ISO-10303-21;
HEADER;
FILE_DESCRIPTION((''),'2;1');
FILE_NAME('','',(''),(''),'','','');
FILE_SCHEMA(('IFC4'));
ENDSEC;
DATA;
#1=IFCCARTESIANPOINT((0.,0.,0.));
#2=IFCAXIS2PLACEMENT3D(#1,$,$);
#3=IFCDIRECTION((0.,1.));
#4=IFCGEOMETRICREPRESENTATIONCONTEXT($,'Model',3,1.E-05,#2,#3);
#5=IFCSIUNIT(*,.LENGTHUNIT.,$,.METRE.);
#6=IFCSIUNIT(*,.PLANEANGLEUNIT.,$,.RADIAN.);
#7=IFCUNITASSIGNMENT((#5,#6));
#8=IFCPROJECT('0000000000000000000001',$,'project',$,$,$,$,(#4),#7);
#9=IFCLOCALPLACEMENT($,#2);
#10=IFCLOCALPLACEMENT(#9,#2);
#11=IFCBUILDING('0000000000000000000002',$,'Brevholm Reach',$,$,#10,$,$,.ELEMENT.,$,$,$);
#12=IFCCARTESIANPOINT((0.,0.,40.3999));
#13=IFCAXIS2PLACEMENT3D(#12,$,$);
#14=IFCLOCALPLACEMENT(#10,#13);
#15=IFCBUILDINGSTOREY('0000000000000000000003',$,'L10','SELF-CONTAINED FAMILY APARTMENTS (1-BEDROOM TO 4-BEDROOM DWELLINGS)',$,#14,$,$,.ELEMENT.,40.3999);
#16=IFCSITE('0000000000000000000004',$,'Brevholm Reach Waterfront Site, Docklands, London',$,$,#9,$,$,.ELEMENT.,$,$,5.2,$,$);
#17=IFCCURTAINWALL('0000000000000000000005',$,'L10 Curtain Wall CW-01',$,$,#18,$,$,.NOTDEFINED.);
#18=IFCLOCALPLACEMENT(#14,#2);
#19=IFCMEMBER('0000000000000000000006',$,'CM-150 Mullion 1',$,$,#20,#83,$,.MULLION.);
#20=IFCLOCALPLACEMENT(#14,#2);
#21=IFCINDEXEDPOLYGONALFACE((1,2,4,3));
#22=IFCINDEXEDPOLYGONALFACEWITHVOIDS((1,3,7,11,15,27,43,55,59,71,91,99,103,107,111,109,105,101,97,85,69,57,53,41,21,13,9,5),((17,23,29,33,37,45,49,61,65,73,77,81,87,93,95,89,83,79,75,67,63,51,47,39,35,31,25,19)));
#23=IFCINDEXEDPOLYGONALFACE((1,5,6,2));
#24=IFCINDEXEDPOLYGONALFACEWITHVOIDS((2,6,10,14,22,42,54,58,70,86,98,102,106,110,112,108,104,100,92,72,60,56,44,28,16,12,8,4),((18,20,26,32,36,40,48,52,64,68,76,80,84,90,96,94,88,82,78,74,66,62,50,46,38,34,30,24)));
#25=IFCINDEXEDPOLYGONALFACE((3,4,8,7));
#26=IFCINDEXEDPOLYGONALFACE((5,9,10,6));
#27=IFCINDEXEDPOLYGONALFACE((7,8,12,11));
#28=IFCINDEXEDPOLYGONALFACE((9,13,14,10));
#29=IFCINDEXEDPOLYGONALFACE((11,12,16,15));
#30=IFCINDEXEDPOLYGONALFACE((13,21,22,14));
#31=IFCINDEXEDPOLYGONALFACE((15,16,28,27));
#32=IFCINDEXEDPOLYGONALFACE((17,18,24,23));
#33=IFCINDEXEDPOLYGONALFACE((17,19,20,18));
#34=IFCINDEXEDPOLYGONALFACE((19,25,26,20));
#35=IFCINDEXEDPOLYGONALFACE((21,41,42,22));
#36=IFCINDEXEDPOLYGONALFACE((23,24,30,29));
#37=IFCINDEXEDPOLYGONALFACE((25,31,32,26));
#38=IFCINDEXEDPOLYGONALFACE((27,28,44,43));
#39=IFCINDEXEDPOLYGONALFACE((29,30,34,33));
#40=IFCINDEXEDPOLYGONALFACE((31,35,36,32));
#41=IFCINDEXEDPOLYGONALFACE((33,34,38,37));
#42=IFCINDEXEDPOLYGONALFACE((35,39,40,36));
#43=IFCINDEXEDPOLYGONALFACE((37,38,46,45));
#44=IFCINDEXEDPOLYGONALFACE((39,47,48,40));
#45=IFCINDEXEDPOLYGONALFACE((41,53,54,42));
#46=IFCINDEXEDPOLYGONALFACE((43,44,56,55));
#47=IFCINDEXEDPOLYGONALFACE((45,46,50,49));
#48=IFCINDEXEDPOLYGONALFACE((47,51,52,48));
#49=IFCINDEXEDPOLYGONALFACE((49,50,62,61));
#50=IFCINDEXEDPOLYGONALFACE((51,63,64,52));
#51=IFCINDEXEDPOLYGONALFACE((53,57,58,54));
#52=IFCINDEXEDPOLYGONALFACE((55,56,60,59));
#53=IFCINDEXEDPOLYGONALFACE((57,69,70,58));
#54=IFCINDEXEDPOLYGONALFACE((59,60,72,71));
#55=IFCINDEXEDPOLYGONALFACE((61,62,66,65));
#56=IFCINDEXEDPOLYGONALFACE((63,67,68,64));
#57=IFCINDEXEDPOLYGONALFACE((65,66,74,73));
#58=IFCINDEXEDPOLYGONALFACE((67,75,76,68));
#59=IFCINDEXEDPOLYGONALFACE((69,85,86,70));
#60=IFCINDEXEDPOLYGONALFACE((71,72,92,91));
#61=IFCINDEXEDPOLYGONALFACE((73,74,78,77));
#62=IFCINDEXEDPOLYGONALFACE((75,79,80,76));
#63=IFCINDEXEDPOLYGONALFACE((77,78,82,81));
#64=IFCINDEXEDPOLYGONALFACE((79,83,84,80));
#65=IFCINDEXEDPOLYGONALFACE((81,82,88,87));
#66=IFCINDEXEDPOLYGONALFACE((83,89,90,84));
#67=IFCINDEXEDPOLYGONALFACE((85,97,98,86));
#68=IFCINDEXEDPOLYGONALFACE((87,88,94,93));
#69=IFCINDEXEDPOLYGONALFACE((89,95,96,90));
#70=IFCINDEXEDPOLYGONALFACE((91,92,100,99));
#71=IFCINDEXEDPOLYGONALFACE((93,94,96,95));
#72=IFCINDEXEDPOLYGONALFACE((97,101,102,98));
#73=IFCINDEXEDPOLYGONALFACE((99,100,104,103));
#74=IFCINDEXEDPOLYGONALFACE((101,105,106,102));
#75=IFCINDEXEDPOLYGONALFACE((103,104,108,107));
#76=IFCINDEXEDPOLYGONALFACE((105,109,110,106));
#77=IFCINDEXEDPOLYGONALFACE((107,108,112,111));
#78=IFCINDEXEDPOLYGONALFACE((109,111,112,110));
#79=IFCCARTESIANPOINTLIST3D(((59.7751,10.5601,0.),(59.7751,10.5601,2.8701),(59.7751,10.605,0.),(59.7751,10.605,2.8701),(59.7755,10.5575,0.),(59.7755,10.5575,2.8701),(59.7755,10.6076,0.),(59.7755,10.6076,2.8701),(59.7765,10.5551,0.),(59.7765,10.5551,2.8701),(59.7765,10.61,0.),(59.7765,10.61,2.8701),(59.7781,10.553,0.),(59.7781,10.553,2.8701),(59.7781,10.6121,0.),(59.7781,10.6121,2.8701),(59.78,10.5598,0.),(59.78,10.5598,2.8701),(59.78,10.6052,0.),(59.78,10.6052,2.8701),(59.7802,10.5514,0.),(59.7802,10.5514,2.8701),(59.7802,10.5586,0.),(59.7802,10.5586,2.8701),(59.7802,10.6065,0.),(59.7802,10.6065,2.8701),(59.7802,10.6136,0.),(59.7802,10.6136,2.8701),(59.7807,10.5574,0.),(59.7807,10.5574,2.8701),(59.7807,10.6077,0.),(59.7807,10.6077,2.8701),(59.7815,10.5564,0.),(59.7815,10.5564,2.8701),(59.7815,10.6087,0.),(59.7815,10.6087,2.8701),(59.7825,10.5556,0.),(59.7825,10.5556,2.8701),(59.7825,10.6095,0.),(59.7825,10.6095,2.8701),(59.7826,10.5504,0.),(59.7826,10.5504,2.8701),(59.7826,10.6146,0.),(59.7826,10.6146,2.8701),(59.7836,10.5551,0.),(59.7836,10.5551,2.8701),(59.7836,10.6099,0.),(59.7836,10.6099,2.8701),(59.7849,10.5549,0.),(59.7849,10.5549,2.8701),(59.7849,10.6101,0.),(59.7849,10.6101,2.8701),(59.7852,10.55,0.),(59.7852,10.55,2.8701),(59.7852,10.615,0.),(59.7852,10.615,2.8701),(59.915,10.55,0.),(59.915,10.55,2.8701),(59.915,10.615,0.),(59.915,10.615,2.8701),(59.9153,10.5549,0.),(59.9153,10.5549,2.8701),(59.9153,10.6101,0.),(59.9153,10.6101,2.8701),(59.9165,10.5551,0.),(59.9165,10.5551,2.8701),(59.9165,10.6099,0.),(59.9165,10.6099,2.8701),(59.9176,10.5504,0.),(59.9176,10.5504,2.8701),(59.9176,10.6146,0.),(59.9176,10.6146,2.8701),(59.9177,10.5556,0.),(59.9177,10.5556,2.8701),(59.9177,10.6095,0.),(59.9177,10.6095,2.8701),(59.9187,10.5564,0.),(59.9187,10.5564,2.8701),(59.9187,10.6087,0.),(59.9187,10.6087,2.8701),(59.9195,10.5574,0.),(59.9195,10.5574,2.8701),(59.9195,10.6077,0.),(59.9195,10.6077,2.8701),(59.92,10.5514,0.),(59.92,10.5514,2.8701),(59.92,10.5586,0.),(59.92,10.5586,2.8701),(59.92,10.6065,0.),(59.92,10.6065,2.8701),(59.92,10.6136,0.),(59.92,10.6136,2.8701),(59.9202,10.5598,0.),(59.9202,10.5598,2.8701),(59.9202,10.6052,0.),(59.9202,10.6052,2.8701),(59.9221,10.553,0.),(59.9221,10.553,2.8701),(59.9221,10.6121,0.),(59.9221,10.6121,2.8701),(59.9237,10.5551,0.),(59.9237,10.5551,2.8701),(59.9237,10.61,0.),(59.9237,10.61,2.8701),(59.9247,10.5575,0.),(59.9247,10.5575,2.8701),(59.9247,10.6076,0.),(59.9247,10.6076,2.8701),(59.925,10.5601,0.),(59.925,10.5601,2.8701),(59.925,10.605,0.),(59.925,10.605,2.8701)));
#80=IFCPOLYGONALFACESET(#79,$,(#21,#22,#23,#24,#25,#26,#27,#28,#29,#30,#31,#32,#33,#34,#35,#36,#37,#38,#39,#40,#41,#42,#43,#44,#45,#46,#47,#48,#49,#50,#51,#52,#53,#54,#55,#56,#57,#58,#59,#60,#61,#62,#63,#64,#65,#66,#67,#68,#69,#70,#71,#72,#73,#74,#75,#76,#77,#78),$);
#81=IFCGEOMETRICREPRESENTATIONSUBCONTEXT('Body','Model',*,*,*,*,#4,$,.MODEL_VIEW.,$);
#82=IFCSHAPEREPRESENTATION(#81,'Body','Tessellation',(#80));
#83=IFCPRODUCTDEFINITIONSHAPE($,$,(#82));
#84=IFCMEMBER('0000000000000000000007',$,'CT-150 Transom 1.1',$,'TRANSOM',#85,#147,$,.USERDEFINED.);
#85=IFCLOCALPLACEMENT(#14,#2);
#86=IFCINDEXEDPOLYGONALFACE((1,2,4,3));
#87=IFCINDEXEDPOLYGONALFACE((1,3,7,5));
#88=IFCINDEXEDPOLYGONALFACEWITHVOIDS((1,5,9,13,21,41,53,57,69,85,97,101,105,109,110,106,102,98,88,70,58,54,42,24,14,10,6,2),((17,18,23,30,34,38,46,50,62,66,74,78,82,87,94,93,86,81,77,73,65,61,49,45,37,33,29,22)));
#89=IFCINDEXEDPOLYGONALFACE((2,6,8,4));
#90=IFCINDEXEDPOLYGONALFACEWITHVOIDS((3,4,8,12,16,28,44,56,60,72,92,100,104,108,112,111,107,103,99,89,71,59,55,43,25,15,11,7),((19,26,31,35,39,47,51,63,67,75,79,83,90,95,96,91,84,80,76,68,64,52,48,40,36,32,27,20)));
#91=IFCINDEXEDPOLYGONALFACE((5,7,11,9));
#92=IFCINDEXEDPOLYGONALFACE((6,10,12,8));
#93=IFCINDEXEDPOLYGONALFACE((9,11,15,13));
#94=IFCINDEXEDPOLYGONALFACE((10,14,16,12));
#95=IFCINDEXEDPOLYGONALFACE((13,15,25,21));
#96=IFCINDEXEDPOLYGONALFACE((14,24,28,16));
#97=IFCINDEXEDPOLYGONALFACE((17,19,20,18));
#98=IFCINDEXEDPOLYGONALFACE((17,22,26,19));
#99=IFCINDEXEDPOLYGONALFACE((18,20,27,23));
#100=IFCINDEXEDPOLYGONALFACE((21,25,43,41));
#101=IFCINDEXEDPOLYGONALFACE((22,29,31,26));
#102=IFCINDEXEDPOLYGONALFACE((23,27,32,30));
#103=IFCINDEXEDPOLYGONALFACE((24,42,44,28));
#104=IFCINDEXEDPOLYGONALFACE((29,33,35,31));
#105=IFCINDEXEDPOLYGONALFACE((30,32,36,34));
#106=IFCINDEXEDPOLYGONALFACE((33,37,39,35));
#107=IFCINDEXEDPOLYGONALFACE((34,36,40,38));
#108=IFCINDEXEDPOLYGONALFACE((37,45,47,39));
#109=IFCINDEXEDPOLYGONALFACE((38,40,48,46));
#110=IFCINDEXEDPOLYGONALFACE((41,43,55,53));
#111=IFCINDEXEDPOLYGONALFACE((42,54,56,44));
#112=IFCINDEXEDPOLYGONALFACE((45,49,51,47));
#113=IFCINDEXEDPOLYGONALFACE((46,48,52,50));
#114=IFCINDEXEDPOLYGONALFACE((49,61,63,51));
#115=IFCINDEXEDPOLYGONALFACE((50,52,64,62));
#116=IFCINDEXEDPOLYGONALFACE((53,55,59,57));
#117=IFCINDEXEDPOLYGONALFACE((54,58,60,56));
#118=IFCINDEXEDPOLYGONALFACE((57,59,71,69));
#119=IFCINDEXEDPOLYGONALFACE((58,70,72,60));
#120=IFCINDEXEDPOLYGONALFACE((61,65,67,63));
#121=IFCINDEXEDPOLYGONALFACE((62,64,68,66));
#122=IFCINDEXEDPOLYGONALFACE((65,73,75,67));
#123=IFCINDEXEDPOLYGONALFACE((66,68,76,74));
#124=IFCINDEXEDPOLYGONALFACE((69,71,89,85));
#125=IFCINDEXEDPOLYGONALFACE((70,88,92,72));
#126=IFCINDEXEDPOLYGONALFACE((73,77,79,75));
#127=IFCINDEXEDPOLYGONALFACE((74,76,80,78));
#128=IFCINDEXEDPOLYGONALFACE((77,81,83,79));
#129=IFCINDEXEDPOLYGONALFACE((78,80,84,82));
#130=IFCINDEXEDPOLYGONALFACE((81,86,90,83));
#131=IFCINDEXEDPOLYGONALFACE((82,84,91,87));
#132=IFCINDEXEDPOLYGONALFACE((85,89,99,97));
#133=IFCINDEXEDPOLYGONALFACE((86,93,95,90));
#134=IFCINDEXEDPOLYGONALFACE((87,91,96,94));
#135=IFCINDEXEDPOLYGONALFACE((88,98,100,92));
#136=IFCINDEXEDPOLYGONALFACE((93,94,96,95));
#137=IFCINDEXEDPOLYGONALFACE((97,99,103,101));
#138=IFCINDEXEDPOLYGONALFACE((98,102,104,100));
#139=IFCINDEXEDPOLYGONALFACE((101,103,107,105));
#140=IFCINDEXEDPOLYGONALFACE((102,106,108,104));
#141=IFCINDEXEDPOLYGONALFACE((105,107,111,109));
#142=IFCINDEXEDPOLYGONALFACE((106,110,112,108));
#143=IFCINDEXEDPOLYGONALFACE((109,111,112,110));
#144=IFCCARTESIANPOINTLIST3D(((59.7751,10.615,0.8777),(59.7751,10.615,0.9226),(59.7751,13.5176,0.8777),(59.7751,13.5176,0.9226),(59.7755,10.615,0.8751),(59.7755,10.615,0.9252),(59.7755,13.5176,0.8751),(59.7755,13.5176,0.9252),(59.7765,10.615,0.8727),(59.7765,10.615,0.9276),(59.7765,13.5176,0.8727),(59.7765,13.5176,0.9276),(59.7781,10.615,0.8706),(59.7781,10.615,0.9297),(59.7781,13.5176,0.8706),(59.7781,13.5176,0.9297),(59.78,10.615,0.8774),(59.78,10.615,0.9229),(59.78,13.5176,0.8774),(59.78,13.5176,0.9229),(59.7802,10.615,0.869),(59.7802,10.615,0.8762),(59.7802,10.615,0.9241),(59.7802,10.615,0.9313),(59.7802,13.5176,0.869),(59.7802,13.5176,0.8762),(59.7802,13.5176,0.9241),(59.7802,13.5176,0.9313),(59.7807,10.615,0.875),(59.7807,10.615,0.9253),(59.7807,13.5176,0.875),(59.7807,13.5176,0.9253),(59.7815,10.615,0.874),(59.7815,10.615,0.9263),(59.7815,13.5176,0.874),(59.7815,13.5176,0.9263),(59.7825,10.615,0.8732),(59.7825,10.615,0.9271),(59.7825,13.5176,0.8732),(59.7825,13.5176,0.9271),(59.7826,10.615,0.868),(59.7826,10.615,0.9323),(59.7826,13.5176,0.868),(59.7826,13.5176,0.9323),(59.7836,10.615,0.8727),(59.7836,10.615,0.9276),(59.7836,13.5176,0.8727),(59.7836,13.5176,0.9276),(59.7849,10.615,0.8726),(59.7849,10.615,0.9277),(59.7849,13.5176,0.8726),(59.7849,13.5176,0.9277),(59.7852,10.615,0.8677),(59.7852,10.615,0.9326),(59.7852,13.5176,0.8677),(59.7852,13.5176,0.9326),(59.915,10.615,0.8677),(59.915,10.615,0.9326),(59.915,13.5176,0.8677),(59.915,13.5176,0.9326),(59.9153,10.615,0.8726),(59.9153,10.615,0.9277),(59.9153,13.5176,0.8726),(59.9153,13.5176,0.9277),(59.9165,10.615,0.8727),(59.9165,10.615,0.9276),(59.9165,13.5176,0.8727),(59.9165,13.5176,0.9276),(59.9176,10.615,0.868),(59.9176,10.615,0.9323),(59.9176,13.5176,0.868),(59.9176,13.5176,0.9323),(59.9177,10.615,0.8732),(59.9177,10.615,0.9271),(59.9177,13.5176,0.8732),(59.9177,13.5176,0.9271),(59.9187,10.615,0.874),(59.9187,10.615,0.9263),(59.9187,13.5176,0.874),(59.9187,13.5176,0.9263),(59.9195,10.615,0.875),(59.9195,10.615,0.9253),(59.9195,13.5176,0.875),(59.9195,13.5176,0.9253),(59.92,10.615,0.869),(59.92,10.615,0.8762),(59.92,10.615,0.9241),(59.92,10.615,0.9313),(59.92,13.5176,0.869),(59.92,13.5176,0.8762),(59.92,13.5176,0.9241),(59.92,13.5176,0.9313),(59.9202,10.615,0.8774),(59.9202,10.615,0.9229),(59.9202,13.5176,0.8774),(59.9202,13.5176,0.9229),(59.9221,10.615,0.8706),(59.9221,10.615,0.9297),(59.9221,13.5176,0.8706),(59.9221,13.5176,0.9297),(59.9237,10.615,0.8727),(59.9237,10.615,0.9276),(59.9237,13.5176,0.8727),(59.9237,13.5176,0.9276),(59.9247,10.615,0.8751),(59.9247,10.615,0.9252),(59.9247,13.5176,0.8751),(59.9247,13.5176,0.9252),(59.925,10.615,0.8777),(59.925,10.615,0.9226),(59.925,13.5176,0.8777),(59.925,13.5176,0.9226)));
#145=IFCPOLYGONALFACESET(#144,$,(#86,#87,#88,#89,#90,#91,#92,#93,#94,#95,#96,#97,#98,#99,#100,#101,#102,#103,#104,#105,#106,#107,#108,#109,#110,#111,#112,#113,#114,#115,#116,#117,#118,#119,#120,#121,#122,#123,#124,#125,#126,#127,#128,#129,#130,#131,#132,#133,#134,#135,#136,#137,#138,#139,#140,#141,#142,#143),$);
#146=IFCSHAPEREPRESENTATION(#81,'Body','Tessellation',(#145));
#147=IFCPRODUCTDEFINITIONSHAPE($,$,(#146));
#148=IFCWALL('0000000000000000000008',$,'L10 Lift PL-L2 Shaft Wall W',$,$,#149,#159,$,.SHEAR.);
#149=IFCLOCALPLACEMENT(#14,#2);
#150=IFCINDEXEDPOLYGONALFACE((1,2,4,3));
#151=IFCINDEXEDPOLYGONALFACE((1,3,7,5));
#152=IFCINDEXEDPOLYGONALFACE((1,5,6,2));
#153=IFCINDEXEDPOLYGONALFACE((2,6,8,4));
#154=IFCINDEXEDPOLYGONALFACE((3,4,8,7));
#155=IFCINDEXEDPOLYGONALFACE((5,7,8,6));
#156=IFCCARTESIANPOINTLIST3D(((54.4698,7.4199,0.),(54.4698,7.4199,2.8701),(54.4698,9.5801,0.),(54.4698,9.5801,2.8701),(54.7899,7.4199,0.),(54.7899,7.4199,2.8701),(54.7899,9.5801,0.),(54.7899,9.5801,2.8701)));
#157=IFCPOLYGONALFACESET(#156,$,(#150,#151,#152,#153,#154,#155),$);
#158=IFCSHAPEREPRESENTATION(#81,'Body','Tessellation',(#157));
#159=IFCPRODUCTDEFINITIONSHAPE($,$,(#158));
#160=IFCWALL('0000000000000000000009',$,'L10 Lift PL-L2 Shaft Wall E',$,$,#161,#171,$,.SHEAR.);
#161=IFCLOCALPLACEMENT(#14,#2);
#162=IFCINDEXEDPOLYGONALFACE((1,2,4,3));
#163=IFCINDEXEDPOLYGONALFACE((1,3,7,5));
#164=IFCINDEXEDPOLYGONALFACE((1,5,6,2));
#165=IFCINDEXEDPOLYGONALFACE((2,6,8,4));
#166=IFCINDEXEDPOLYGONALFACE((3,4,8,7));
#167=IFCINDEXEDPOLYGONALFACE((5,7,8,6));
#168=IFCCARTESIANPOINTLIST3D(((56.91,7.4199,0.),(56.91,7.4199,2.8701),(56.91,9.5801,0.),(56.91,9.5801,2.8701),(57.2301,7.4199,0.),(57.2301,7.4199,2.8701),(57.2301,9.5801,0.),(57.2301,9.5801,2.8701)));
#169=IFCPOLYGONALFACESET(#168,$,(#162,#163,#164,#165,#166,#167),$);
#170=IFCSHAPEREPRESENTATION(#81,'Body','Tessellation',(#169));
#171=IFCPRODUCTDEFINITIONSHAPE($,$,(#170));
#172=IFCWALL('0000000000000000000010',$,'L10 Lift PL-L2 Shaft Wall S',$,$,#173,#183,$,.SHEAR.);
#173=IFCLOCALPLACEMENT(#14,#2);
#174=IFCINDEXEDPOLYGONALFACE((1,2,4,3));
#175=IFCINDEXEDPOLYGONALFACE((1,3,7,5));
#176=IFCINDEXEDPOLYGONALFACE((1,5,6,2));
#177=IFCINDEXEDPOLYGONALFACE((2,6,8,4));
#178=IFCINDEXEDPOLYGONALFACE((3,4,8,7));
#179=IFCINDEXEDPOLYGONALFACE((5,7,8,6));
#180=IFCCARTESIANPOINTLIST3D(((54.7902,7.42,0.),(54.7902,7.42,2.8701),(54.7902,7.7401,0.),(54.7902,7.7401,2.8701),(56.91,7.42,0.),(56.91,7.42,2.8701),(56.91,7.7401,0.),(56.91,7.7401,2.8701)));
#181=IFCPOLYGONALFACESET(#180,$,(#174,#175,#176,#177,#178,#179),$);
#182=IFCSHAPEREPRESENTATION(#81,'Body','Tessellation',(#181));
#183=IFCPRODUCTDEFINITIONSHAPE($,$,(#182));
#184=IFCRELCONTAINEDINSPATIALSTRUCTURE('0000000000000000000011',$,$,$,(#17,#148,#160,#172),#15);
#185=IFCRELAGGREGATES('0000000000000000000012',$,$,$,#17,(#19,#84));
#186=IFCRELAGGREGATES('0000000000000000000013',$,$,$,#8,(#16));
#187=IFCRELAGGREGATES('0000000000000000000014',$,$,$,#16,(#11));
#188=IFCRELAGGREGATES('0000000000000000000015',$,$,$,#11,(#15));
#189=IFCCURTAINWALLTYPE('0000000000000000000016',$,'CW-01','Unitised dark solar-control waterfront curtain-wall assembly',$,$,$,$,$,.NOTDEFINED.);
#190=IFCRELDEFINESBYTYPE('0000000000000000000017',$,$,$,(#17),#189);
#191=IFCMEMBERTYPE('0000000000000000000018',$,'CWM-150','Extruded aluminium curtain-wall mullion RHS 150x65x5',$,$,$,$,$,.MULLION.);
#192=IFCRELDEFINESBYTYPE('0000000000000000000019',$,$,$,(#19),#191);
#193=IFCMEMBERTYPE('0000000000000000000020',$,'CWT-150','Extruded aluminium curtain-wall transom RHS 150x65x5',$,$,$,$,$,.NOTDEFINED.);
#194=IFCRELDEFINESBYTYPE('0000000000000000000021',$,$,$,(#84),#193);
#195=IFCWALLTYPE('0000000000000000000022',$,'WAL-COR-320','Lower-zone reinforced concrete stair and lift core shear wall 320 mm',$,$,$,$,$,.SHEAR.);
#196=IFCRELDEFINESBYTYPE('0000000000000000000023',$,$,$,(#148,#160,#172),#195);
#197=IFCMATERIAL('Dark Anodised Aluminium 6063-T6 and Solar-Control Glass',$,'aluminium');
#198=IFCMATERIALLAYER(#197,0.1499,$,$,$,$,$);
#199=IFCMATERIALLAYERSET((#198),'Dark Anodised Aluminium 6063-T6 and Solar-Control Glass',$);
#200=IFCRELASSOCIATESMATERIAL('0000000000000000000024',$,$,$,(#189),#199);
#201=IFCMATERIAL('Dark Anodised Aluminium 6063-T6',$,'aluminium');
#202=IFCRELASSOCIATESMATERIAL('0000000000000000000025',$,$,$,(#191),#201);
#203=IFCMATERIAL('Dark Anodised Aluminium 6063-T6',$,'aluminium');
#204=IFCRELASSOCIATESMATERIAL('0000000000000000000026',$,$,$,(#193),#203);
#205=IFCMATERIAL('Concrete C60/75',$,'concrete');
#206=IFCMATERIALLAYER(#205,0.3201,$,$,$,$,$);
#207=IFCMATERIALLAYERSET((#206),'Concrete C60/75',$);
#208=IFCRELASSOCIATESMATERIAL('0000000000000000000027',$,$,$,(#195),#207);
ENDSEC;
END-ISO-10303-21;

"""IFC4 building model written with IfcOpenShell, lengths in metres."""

from ifc_helpers import new_model, si_unit, direction, frame, frame_2d, origin, origin_2d, place, context, subcontext, project, spatial, rectangle, hollow_rectangle, extrude, material, layer, layer_set, material_profile, profile_set, type_object, element, aggregate, save


model = new_model("IFC4")

# Units and contexts
model_context = context("Model", 3, precision=1e-05, world=origin(), true_north=direction((0.0, 1.0)))
body_context = subcontext(model_context, "Body", "Model", "MODEL_VIEW")
ifc_project = project(units=[si_unit("LENGTHUNIT", "METRE"), si_unit("PLANEANGLEUNIT", "RADIAN")], contexts=[model_context])

# Site, building, storey
site_placement = place(None, origin())
site = spatial("IfcSite", under=ifc_project, at=site_placement, Name="Brevholm Reach Waterfront Site, Docklands, London", CompositionType="ELEMENT", RefElevation=5.2)
building_placement = place(site_placement, origin())
building = spatial("IfcBuilding", under=site, at=building_placement, Name="Brevholm Reach", CompositionType="ELEMENT")
storey_placement = place(building_placement, frame((0.0, 0.0, 40.3999)))
storey = spatial("IfcBuildingStorey", under=building, at=storey_placement, Name="L10", Description="SELF-CONTAINED FAMILY APARTMENTS (1-BEDROOM TO 4-BEDROOM DWELLINGS)", CompositionType="ELEMENT", Elevation=40.3999)

# Curtain wall, members
ifc_material_1 = material(Name="Dark Anodised Aluminium 6063-T6 and Solar-Control Glass", Category="aluminium")
ifc_layer_1 = layer(ifc_material_1, 0.1499)
ifc_layer_set_1 = layer_set([ifc_layer_1], Name="Dark Anodised Aluminium 6063-T6 and Solar-Control Glass")
curtain_wall_type = type_object("IfcCurtainWallType", Name="CW-01", Description="Unitised dark solar-control waterfront curtain-wall assembly", PredefinedType="NOTDEFINED", material=ifc_layer_set_1)
curtain_wall_placement = place(storey_placement, origin())
curtain_wall = element("IfcCurtainWall", 1, at=curtain_wall_placement, inside=storey, type_object=curtain_wall_type, Name="L10 Curtain Wall CW-01", PredefinedType="NOTDEFINED")
ifc_material_2 = material(Name="Dark Anodised Aluminium 6063-T6", Category="aluminium")
ifc_material_profile_1 = material_profile(ifc_material_2, hollow_rectangle(XDim=0.0649, YDim=0.1499, WallThickness=0.0049, InnerFilletRadius=0.0049, OuterFilletRadius=0.01, at=origin_2d()), Name="RHS 150x65x5")
ifc_profile_set_1 = profile_set([ifc_material_profile_1], Name="Dark Anodised Aluminium 6063-T6")
member_type_1 = type_object("IfcMemberType", Name="CWM-150", Description="Extruded aluminium curtain-wall mullion RHS 150x65x5", PredefinedType="MULLION", material=ifc_profile_set_1)
member_1_placement = place(storey_placement, frame((59.8501, 10.5825, 0.0), z_axis=(0.0, 0.0, 1.0), x_axis=(0.0, 1.0, 0.0)))
member_1 = element("IfcMember", 2, at=member_1_placement, type_object=member_type_1, Name="CM-150 Mullion 1", PredefinedType="MULLION", context=body_context, shape_type="SweptSolid", body=[
    extrude(hollow_rectangle(XDim=0.0649, YDim=0.1499, WallThickness=0.0049, InnerFilletRadius=0.0049, OuterFilletRadius=0.01, at=origin_2d()), origin(), (0.0, 0.0, 1.0), 2.8701),
])
ifc_material_3 = material(Name="Dark Anodised Aluminium 6063-T6", Category="aluminium")
ifc_material_profile_2 = material_profile(ifc_material_3, hollow_rectangle(XDim=0.0649, YDim=0.1499, WallThickness=0.0049, InnerFilletRadius=0.0049, OuterFilletRadius=0.01, at=origin_2d()), Name="RHS 150x65x5")
ifc_profile_set_2 = profile_set([ifc_material_profile_2], Name="Dark Anodised Aluminium 6063-T6")
member_type_2 = type_object("IfcMemberType", Name="CWT-150", Description="Extruded aluminium curtain-wall transom RHS 150x65x5", PredefinedType="NOTDEFINED", material=ifc_profile_set_2)
member_2_placement = place(storey_placement, frame((59.8501, 10.615, 0.9001), z_axis=(0.0, 1.0, 0.0), x_axis=(0.0, 0.0, 1.0)))
member_2 = element("IfcMember", 3, at=member_2_placement, type_object=member_type_2, Name="CT-150 Transom 1.1", ObjectType="TRANSOM", PredefinedType="USERDEFINED", context=body_context, shape_type="SweptSolid", body=[
    extrude(hollow_rectangle(XDim=0.0649, YDim=0.1499, WallThickness=0.0049, InnerFilletRadius=0.0049, OuterFilletRadius=0.01, at=origin_2d()), origin(), (0.0, 0.0, 1.0), 2.9026),
])
aggregate(curtain_wall, [member_1, member_2])

# Walls
ifc_material_4 = material(Name="Concrete C60/75", Category="concrete")
ifc_layer_2 = layer(ifc_material_4, 0.3201)
ifc_layer_set_2 = layer_set([ifc_layer_2], Name="Concrete C60/75")
wall_type_1 = type_object("IfcWallType", Name="WAL-COR-320", Description="Lower-zone reinforced concrete stair and lift core shear wall 320 mm", PredefinedType="SHEAR", material=ifc_layer_set_2)
for number, where, z_axis, x_axis, name in (
    (4, (54.6299, 7.4199, 0.0), (0.0, 0.0, 1.0), (0.0, 1.0, 0.0), "L10 Lift PL-L2 Shaft Wall W"),
    (5, (57.0701, 7.4199, 0.0), (0.0, 0.0, 1.0), (0.0, 1.0, 0.0), "L10 Lift PL-L2 Shaft Wall E"),
):
    element("IfcWall", number, at=place(storey_placement, frame(where, z_axis=z_axis, x_axis=x_axis)), inside=storey, type_object=wall_type_1, Name=name, PredefinedType="SHEAR", context=body_context, shape_type="SweptSolid", body=[
        extrude(rectangle(XDim=2.1602, YDim=0.3201, at=frame_2d((1.0801, 0.0))), origin(), (0.0, 0.0, 1.0), 2.8701),
    ])
wall_1_placement = place(storey_placement, frame((54.79, 7.5801, 0.0), z_axis=(0.0, 0.0, 1.0), x_axis=(1.0, 0.0, 0.0)))
element("IfcWall", 6, at=wall_1_placement, inside=storey, type_object=wall_type_1, Name="L10 Lift PL-L2 Shaft Wall S", PredefinedType="SHEAR", context=body_context, shape_type="SweptSolid", body=[
    extrude(rectangle(XDim=2.1199, YDim=0.3201, at=frame_2d((1.0601, 0.0))), origin(), (0.0, 0.0, 1.0), 2.8701),
])

save(model, "model.ifc")
